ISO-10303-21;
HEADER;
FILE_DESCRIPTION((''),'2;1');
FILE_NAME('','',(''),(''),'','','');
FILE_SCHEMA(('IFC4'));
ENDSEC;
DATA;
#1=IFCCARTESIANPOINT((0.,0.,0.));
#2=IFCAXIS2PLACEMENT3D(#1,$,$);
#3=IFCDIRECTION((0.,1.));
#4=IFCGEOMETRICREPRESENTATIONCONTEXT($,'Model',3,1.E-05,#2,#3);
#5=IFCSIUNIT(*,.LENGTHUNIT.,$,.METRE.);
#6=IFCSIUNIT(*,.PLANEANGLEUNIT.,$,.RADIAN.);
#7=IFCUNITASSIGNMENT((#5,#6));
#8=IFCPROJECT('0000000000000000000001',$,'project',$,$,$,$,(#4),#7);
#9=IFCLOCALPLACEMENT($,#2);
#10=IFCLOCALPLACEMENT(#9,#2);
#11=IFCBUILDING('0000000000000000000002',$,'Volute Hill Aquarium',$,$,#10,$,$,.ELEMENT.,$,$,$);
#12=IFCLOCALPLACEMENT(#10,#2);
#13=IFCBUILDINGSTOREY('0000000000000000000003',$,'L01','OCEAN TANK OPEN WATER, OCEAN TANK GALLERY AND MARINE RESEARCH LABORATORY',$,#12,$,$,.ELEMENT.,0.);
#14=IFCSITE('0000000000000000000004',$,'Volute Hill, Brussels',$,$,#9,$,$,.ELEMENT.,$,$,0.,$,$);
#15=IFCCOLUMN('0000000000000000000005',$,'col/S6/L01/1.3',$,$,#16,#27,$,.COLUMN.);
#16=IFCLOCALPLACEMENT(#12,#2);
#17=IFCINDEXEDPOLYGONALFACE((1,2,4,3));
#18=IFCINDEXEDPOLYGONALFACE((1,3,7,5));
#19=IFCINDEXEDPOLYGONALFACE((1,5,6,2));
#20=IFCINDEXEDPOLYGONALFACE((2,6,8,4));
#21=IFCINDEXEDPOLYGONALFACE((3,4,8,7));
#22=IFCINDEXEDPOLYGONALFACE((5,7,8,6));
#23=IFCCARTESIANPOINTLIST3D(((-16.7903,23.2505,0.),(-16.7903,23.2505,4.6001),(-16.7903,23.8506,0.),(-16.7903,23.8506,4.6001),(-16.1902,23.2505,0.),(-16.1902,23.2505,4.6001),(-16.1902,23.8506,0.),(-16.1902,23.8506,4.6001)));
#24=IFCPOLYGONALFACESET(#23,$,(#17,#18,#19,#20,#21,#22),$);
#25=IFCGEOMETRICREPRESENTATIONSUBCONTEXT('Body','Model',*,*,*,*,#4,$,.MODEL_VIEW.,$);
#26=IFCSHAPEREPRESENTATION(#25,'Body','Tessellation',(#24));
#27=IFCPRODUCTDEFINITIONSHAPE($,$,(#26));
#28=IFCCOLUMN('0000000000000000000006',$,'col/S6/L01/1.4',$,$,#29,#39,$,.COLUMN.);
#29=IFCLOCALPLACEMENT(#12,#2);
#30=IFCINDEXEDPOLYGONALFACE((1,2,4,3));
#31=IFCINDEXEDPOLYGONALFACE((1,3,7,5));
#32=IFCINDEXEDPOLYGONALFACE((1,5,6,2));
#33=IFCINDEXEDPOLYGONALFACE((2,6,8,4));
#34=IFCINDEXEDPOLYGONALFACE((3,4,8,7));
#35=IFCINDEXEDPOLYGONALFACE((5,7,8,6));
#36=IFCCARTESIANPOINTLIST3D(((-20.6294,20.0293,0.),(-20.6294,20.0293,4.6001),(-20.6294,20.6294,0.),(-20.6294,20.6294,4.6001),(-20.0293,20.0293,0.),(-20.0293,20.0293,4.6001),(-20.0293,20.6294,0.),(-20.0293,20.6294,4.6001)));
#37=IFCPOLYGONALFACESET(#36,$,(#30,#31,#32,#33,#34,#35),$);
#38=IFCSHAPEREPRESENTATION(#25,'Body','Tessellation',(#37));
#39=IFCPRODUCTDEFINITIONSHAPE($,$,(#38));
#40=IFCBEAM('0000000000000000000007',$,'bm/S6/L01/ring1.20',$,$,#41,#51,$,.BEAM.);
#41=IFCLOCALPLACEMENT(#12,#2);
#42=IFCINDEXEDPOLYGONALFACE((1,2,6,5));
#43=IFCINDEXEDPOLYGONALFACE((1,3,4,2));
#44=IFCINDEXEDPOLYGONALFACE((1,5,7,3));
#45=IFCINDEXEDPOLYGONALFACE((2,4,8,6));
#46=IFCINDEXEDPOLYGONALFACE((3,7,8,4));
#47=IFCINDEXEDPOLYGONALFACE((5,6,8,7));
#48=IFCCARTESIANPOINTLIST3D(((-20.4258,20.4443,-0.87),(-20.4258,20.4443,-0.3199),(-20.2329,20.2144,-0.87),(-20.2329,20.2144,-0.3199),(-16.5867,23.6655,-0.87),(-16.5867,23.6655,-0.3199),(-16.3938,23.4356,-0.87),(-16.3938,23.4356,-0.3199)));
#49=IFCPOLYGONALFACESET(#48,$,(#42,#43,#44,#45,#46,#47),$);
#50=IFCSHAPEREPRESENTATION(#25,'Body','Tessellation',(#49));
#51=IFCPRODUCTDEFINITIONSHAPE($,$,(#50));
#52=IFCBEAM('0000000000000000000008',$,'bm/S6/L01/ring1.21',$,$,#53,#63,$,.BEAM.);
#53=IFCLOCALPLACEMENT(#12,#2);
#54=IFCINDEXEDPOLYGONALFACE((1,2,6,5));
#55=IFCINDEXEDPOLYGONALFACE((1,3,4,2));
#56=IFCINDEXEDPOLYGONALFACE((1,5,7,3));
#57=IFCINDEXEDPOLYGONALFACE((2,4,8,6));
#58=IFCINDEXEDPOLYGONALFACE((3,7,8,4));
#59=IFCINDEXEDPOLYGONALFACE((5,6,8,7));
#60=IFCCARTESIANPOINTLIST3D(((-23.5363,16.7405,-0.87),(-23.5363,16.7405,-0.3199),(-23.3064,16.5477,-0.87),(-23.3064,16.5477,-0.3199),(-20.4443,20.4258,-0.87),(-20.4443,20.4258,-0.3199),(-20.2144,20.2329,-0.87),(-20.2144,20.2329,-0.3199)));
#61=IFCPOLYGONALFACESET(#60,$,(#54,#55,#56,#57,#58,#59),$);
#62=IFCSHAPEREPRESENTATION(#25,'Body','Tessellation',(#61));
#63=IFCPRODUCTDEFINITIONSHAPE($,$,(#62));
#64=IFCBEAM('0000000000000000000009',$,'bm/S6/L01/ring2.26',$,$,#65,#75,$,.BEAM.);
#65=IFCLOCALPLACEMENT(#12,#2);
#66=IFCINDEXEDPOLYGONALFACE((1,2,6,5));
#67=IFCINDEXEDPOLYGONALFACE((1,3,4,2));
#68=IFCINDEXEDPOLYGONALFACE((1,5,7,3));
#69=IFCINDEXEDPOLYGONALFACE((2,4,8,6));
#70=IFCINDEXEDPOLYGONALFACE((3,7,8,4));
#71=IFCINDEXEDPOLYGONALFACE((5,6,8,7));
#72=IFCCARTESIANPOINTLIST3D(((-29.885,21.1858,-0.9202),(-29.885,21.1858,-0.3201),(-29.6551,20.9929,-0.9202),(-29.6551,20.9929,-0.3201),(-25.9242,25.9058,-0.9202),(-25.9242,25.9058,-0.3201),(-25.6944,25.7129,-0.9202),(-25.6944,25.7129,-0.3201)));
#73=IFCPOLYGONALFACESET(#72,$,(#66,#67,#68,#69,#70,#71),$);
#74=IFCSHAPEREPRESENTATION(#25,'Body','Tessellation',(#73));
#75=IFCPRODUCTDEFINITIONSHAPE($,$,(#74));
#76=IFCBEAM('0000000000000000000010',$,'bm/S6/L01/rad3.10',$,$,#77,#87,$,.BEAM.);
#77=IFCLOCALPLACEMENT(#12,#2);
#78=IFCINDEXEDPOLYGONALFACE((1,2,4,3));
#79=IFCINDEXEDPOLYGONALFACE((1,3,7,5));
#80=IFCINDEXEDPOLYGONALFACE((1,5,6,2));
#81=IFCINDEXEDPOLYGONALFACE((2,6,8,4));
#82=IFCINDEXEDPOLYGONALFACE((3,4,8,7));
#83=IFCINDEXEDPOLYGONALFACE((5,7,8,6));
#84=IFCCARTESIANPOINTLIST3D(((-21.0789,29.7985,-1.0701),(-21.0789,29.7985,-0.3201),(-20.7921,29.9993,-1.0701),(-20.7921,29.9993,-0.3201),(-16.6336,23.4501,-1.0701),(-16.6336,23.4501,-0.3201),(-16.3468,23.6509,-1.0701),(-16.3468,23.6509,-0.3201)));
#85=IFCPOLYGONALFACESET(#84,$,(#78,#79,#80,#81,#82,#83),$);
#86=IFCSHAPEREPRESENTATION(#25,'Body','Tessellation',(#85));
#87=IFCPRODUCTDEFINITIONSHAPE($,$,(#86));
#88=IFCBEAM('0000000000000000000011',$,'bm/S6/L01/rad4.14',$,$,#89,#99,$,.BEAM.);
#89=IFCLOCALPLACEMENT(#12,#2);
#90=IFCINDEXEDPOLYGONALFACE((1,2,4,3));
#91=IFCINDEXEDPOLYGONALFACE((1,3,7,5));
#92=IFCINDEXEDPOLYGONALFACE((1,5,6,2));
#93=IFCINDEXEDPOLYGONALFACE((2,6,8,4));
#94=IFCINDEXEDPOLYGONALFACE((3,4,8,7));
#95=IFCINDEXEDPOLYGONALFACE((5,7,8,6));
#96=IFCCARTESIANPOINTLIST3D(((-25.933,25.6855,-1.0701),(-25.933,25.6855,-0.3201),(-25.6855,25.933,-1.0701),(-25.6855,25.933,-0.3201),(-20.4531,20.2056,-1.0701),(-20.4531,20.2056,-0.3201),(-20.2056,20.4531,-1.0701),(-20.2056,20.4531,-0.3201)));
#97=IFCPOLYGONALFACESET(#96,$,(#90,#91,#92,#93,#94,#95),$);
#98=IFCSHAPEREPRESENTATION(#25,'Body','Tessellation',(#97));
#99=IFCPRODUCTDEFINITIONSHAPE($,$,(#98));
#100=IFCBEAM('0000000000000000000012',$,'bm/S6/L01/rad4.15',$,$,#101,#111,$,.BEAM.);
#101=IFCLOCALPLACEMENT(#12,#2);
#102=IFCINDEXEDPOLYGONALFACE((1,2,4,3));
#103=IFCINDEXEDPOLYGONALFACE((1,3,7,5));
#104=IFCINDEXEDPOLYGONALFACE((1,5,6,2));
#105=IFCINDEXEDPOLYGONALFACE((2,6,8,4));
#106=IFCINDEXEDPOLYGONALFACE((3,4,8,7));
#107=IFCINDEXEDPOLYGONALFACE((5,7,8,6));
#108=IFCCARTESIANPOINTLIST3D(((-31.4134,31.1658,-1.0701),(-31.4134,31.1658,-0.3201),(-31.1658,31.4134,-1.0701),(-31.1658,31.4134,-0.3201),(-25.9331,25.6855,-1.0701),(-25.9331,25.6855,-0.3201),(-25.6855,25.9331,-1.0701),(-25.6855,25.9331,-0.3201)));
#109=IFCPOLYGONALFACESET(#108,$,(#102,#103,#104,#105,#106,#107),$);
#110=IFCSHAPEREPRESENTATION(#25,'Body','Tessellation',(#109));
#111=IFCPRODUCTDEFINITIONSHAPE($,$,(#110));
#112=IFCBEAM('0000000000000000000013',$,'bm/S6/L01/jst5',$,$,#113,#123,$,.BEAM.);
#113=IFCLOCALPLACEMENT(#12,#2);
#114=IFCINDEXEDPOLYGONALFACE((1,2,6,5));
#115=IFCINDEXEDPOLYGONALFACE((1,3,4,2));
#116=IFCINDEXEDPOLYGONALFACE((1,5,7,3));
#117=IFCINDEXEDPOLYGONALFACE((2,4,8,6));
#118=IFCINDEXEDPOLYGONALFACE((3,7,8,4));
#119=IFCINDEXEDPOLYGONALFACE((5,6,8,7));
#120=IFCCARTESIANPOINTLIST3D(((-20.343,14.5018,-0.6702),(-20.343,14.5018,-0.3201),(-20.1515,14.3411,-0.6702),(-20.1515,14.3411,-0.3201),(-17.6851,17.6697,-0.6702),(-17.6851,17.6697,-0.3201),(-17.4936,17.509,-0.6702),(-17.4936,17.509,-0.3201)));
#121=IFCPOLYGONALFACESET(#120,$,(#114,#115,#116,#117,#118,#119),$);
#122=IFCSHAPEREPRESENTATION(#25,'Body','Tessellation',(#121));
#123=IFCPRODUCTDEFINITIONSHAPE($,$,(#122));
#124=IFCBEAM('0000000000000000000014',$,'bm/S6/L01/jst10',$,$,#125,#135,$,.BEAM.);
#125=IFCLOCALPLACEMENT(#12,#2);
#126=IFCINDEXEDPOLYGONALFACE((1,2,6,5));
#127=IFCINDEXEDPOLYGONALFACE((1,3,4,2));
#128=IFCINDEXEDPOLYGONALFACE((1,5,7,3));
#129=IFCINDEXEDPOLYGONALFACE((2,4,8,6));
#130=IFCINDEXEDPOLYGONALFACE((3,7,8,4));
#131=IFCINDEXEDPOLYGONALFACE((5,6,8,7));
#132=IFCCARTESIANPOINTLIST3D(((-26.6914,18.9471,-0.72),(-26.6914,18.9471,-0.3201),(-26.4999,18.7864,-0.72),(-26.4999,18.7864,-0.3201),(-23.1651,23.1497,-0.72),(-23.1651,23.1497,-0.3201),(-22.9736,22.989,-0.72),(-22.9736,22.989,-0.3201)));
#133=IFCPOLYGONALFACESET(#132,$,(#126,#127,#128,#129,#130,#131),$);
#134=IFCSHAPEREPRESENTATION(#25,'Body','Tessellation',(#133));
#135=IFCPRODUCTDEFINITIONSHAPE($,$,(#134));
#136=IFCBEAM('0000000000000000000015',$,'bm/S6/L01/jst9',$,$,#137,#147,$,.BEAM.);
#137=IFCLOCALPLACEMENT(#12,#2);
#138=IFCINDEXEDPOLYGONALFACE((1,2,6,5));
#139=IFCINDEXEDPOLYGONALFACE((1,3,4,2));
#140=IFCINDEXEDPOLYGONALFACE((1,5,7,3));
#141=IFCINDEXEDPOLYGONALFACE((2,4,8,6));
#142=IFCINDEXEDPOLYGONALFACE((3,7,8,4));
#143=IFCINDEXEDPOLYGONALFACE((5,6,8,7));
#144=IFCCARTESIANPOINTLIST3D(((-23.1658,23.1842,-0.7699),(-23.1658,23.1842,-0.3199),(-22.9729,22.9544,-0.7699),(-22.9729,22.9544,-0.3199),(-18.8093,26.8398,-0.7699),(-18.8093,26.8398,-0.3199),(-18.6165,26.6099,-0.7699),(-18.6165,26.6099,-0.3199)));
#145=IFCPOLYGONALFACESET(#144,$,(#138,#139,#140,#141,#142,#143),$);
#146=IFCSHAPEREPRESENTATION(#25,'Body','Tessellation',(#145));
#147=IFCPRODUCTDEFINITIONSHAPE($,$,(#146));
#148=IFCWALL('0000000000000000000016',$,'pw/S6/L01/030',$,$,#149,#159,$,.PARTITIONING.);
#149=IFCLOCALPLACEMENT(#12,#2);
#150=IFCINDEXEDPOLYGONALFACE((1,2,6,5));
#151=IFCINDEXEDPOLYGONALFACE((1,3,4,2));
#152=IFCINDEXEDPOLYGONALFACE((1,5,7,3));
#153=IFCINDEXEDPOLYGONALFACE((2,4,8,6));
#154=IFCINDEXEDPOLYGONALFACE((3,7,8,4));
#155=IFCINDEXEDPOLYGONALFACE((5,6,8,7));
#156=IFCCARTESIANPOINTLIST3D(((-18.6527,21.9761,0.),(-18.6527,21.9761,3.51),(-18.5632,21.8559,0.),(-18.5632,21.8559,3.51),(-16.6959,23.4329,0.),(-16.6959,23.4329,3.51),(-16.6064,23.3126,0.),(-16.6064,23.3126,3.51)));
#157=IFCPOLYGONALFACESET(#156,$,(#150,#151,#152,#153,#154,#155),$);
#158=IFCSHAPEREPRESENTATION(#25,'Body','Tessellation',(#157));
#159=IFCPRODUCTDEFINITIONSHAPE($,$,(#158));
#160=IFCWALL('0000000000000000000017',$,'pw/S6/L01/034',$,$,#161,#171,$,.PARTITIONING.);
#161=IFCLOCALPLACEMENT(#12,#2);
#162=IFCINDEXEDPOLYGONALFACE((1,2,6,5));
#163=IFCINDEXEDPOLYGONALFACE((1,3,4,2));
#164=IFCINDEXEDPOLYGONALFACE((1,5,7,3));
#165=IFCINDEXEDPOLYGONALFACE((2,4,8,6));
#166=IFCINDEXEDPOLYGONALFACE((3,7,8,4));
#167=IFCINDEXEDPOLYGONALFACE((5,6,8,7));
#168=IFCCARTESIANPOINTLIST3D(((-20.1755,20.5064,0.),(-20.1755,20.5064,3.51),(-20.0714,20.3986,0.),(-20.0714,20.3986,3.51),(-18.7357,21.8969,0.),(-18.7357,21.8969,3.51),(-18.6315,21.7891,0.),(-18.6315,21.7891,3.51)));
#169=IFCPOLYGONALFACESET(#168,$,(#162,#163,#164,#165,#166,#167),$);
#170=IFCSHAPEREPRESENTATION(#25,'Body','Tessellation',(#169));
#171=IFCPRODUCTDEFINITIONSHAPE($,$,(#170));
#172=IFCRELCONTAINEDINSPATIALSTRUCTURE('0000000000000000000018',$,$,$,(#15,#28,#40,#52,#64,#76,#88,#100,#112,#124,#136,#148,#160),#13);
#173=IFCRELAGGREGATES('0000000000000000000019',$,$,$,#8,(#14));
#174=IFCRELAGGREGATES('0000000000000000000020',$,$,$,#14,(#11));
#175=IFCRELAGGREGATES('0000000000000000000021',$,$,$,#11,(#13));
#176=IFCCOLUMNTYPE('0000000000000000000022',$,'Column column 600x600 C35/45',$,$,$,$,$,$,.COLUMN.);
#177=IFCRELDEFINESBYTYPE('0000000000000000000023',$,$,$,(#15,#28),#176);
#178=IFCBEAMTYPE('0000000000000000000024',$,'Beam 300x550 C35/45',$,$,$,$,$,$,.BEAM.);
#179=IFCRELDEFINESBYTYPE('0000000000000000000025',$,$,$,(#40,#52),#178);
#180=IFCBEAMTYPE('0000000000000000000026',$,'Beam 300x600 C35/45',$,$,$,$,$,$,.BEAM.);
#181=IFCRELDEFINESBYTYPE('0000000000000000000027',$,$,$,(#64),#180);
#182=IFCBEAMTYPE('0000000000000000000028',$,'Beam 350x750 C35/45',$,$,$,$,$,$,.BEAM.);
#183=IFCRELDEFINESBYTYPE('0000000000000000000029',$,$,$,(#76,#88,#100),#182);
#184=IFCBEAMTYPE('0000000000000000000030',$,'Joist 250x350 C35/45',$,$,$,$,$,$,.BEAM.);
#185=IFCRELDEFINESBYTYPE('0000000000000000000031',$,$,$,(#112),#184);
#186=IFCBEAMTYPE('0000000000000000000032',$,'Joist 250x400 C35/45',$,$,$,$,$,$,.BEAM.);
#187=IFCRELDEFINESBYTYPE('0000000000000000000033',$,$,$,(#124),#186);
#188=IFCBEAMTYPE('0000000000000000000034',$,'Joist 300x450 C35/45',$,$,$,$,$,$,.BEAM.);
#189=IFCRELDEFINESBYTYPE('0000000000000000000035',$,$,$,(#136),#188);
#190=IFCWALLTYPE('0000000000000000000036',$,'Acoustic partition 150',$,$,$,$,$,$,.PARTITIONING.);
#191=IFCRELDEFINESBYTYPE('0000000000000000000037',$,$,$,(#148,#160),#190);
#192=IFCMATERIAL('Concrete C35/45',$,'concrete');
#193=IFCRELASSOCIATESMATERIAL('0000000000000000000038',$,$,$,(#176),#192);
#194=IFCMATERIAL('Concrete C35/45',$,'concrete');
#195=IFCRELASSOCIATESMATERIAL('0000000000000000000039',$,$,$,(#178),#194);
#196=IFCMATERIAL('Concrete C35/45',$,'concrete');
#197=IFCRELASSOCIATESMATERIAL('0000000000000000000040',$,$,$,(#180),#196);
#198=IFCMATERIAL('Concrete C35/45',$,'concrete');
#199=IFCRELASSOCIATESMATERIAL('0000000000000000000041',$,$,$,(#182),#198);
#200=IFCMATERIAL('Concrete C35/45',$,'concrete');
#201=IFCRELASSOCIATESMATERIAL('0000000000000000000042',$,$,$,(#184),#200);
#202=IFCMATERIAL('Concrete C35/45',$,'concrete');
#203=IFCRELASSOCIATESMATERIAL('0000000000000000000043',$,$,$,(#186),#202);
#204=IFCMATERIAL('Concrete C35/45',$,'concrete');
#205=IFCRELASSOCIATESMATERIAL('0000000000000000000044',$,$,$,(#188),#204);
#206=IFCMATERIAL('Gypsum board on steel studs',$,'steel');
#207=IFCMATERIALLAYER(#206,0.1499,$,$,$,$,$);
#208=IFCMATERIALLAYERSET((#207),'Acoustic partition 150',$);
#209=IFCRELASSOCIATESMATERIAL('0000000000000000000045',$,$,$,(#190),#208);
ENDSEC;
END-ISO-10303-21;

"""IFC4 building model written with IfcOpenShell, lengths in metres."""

from ifc_helpers import new_model, si_unit, direction, frame, frame_2d, origin, origin_2d, place, context, subcontext, project, spatial, rectangle, extrude, material, layer, layer_set, material_profile, profile_set, type_object, element, save


model = new_model("IFC4")

# Units and contexts
model_context = context("Model", 3, precision=1e-05, world=origin(), true_north=direction((0.0, 1.0)))
body_context = subcontext(model_context, "Body", "Model", "MODEL_VIEW")
ifc_project = project(units=[si_unit("LENGTHUNIT", "METRE"), si_unit("PLANEANGLEUNIT", "RADIAN")], contexts=[model_context])

# Site, building, storey
site_placement = place(None, origin())
site = spatial("IfcSite", under=ifc_project, at=site_placement, Name="Volute Hill, Brussels", CompositionType="ELEMENT", RefElevation=0.0)
building_placement = place(site_placement, origin())
building = spatial("IfcBuilding", under=site, at=building_placement, Name="Volute Hill Aquarium", CompositionType="ELEMENT")
storey_placement = place(building_placement, origin())
storey = spatial("IfcBuildingStorey", under=building, at=storey_placement, Name="L01", Description="OCEAN TANK OPEN WATER, OCEAN TANK GALLERY AND MARINE RESEARCH LABORATORY", CompositionType="ELEMENT", Elevation=0.0)

# Columns
ifc_material_1 = material(Name="Concrete C35/45", Category="concrete")
ifc_material_profile_1 = material_profile(ifc_material_1, rectangle(XDim=0.6001, YDim=0.6001, at=origin_2d()), Name="RC column 600x600")
ifc_profile_set_1 = profile_set([ifc_material_profile_1], Name="Concrete C35/45")
column_type = type_object("IfcColumnType", Name="Column column 600x600 C35/45", PredefinedType="COLUMN", material=ifc_profile_set_1)
for number, where, z_axis, x_axis, name in (
    (1, (-16.4902, 23.5505, 0.0), (0.0, 0.0, 1.0), (1.0, 0.0, 0.0), "col/S6/L01/1.3"),
    (2, (-20.3293, 20.3293, 0.0), (0.0, 0.0, 1.0), (1.0, 0.0, 0.0), "col/S6/L01/1.4"),
):
    element("IfcColumn", number, at=place(storey_placement, frame(where, z_axis=z_axis, x_axis=x_axis)), inside=storey, type_object=column_type, Name=name, PredefinedType="COLUMN", context=body_context, shape_type="SweptSolid", body=[
        extrude(rectangle(XDim=0.6001, YDim=0.6001, at=origin_2d()), origin(), (0.0, 0.0, 1.0), 4.6001),
    ])

# Beams
ifc_material_2 = material(Name="Concrete C35/45", Category="concrete")
ifc_material_profile_2 = material_profile(ifc_material_2, rectangle(XDim=0.3, YDim=0.55, at=origin_2d()), Name="RC beam 300x550")
ifc_profile_set_2 = profile_set([ifc_material_profile_2], Name="Concrete C35/45")
beam_type_1 = type_object("IfcBeamType", Name="Beam 300x550 C35/45", PredefinedType="BEAM", material=ifc_profile_set_2)
beam_1_placement = place(storey_placement, frame((-16.4902, 23.5505, -0.595), z_axis=(-0.766065, -0.642764, 0.0), x_axis=(0.642764, -0.766065, 0.0)))
element("IfcBeam", 3, at=beam_1_placement, inside=storey, type_object=beam_type_1, Name="bm/S6/L01/ring1.20", PredefinedType="BEAM", context=body_context, shape_type="SweptSolid", body=[
    extrude(rectangle(XDim=0.3, YDim=0.55, at=origin_2d()), origin(), (0.0, 0.0, 1.0), 5.0115),
])
beam_2_placement = place(storey_placement, frame((-20.3293, 20.3293, -0.595), z_axis=(-0.642752, -0.766075, 0.0), x_axis=(0.766075, -0.642752, 0.0)))
element("IfcBeam", 4, at=beam_2_placement, inside=storey, type_object=beam_type_1, Name="bm/S6/L01/ring1.21", PredefinedType="BEAM", context=body_context, shape_type="SweptSolid", body=[
    extrude(rectangle(XDim=0.3, YDim=0.55, at=origin_2d()), origin(), (0.0, 0.0, 1.0), 4.8105),
])
ifc_material_3 = material(Name="Concrete C35/45", Category="concrete")
ifc_material_profile_3 = material_profile(ifc_material_3, rectangle(XDim=0.3, YDim=0.6001, at=origin_2d()), Name="RC beam 300x600")
ifc_profile_set_3 = profile_set([ifc_material_profile_3], Name="Concrete C35/45")
beam_type_2 = type_object("IfcBeamType", Name="Beam 300x600 C35/45", PredefinedType="BEAM", material=ifc_profile_set_3)
beam_3_placement = place(storey_placement, frame((-25.8093, 25.8093, -0.6201), z_axis=(-0.642804, -0.766031, 0.0), x_axis=(0.766031, -0.642804, 0.0)))
element("IfcBeam", 5, at=beam_3_placement, inside=storey, type_object=beam_type_2, Name="bm/S6/L01/ring2.26", PredefinedType="BEAM", context=body_context, shape_type="SweptSolid", body=[
    extrude(rectangle(XDim=0.3, YDim=0.6001, at=origin_2d()), origin(), (0.0, 0.0, 1.0), 6.1616),
])
ifc_material_4 = material(Name="Concrete C35/45", Category="concrete")
ifc_material_profile_4 = material_profile(ifc_material_4, rectangle(XDim=0.3501, YDim=0.75, at=origin_2d()), Name="RC beam 350x750")
ifc_profile_set_4 = profile_set([ifc_material_profile_4], Name="Concrete C35/45")
beam_type_3 = type_object("IfcBeamType", Name="Beam 350x750 C35/45", PredefinedType="BEAM", material=ifc_profile_set_4)
beam_4_placement = place(storey_placement, frame((-16.4902, 23.5505, -0.6951), z_axis=(-0.573587, 0.819145, 0.0), x_axis=(-0.819145, -0.573587, 0.0)))
element("IfcBeam", 6, at=beam_4_placement, inside=storey, type_object=beam_type_3, Name="bm/S6/L01/rad3.10", PredefinedType="BEAM", context=body_context, shape_type="SweptSolid", body=[
    extrude(rectangle(XDim=0.3501, YDim=0.75, at=origin_2d()), origin(), (0.0, 0.0, 1.0), 7.75),
])
beam_5_placement = place(storey_placement, frame((-20.3293, 20.3293, -0.6951), z_axis=(-0.707107, 0.707107, 0.0), x_axis=(-0.707107, -0.707107, 0.0)))
element("IfcBeam", 7, at=beam_5_placement, inside=storey, type_object=beam_type_3, Name="bm/S6/L01/rad4.14", PredefinedType="BEAM", context=body_context, shape_type="SweptSolid", body=[
    extrude(rectangle(XDim=0.3501, YDim=0.75, at=origin_2d()), origin(), (0.0, 0.0, 1.0), 7.7498),
])
beam_6_placement = place(storey_placement, frame((-25.8093, 25.8093, -0.6951), z_axis=(-0.707107, 0.707107, 0.0), x_axis=(-0.707107, -0.707107, 0.0)))
element("IfcBeam", 8, at=beam_6_placement, inside=storey, type_object=beam_type_3, Name="bm/S6/L01/rad4.15", PredefinedType="BEAM", context=body_context, shape_type="SweptSolid", body=[
    extrude(rectangle(XDim=0.3501, YDim=0.75, at=origin_2d()), origin(), (0.0, 0.0, 1.0), 7.7502),
])
ifc_material_5 = material(Name="Concrete C35/45", Category="concrete")
ifc_material_profile_5 = material_profile(ifc_material_5, rectangle(XDim=0.25, YDim=0.3501, at=origin_2d()), Name="RC joist 250x350")
ifc_profile_set_5 = profile_set([ifc_material_profile_5], Name="Concrete C35/45")
beam_type_4 = type_object("IfcBeamType", Name="Joist 250x350 C35/45", PredefinedType="BEAM", material=ifc_profile_set_5)
beam_7_placement = place(storey_placement, frame((-17.5894, 17.5894, -0.4951), z_axis=(-0.642748, -0.766078, 0.0), x_axis=(0.766078, -0.642748, 0.0)))
element("IfcBeam", 9, at=beam_7_placement, inside=storey, type_object=beam_type_4, Name="bm/S6/L01/jst5", PredefinedType="BEAM", context=body_context, shape_type="SweptSolid", body=[
    extrude(rectangle(XDim=0.25, YDim=0.3501, at=origin_2d()), origin(), (0.0, 0.0, 1.0), 4.1353),
])
ifc_material_6 = material(Name="Concrete C35/45", Category="concrete")
ifc_material_profile_6 = material_profile(ifc_material_6, rectangle(XDim=0.25, YDim=0.3999, at=origin_2d()), Name="RC joist 250x400")
ifc_profile_set_6 = profile_set([ifc_material_profile_6], Name="Concrete C35/45")
beam_type_5 = type_object("IfcBeamType", Name="Joist 250x400 C35/45", PredefinedType="BEAM", material=ifc_profile_set_6)
beam_8_placement = place(storey_placement, frame((-23.0693, 23.0693, -0.52), z_axis=(-0.642781, -0.76605, 0.0), x_axis=(0.76605, -0.642781, 0.0)))
element("IfcBeam", 10, at=beam_8_placement, inside=storey, type_object=beam_type_5, Name="bm/S6/L01/jst10", PredefinedType="BEAM", context=body_context, shape_type="SweptSolid", body=[
    extrude(rectangle(XDim=0.25, YDim=0.3999, at=origin_2d()), origin(), (0.0, 0.0, 1.0), 5.4861),
])
ifc_material_7 = material(Name="Concrete C35/45", Category="concrete")
ifc_material_profile_7 = material_profile(ifc_material_7, rectangle(XDim=0.3, YDim=0.45, at=origin_2d()), Name="RC joist 300x450")
ifc_profile_set_7 = profile_set([ifc_material_profile_7], Name="Concrete C35/45")
beam_type_6 = type_object("IfcBeamType", Name="Joist 300x450 C35/45", PredefinedType="BEAM", material=ifc_profile_set_7)
beam_9_placement = place(storey_placement, frame((-18.7129, 26.7249, -0.5449), z_axis=(-0.766042, -0.64279, 0.0), x_axis=(0.64279, -0.766042, 0.0)))
element("IfcBeam", 11, at=beam_9_placement, inside=storey, type_object=beam_type_6, Name="bm/S6/L01/jst9", PredefinedType="BEAM", context=body_context, shape_type="SweptSolid", body=[
    extrude(rectangle(XDim=0.3, YDim=0.45, at=origin_2d()), origin(), (0.0, 0.0, 1.0), 5.687),
])

# Walls
ifc_material_8 = material(Name="Gypsum board on steel studs", Category="steel")
ifc_layer_1 = layer(ifc_material_8, 0.1499)
ifc_layer_set_1 = layer_set([ifc_layer_1], Name="Acoustic partition 150")
wall_type_1 = type_object("IfcWallType", Name="Acoustic partition 150", PredefinedType="PARTITIONING", material=ifc_layer_set_1)
wall_1_placement = place(storey_placement, frame((-18.6079, 21.916, 0.0), z_axis=(0.0, 0.0, 1.0), x_axis=(0.802121, 0.597162, 0.0)))
element("IfcWall", 12, at=wall_1_placement, inside=storey, type_object=wall_type_1, Name="pw/S6/L01/030", PredefinedType="PARTITIONING", context=body_context, shape_type="SweptSolid", body=[
    extrude(rectangle(XDim=2.4395, YDim=0.1499, at=frame_2d((1.2197, 0.0))), origin(), (0.0, 0.0, 1.0), 3.51),
])
wall_2_placement = place(storey_placement, frame((-20.1235, 20.4524, 0.0), z_axis=(0.0, 0.0, 1.0), x_axis=(0.719317, 0.694682, 0.0)))
element("IfcWall", 13, at=wall_2_placement, inside=storey, type_object=wall_type_1, Name="pw/S6/L01/034", PredefinedType="PARTITIONING", context=body_context, shape_type="SweptSolid", body=[
    extrude(rectangle(XDim=2.0017, YDim=0.1499, at=frame_2d((1.001, 0.0))), origin(), (0.0, 0.0, 1.0), 3.51),
])

save(model, "model.ifc")
